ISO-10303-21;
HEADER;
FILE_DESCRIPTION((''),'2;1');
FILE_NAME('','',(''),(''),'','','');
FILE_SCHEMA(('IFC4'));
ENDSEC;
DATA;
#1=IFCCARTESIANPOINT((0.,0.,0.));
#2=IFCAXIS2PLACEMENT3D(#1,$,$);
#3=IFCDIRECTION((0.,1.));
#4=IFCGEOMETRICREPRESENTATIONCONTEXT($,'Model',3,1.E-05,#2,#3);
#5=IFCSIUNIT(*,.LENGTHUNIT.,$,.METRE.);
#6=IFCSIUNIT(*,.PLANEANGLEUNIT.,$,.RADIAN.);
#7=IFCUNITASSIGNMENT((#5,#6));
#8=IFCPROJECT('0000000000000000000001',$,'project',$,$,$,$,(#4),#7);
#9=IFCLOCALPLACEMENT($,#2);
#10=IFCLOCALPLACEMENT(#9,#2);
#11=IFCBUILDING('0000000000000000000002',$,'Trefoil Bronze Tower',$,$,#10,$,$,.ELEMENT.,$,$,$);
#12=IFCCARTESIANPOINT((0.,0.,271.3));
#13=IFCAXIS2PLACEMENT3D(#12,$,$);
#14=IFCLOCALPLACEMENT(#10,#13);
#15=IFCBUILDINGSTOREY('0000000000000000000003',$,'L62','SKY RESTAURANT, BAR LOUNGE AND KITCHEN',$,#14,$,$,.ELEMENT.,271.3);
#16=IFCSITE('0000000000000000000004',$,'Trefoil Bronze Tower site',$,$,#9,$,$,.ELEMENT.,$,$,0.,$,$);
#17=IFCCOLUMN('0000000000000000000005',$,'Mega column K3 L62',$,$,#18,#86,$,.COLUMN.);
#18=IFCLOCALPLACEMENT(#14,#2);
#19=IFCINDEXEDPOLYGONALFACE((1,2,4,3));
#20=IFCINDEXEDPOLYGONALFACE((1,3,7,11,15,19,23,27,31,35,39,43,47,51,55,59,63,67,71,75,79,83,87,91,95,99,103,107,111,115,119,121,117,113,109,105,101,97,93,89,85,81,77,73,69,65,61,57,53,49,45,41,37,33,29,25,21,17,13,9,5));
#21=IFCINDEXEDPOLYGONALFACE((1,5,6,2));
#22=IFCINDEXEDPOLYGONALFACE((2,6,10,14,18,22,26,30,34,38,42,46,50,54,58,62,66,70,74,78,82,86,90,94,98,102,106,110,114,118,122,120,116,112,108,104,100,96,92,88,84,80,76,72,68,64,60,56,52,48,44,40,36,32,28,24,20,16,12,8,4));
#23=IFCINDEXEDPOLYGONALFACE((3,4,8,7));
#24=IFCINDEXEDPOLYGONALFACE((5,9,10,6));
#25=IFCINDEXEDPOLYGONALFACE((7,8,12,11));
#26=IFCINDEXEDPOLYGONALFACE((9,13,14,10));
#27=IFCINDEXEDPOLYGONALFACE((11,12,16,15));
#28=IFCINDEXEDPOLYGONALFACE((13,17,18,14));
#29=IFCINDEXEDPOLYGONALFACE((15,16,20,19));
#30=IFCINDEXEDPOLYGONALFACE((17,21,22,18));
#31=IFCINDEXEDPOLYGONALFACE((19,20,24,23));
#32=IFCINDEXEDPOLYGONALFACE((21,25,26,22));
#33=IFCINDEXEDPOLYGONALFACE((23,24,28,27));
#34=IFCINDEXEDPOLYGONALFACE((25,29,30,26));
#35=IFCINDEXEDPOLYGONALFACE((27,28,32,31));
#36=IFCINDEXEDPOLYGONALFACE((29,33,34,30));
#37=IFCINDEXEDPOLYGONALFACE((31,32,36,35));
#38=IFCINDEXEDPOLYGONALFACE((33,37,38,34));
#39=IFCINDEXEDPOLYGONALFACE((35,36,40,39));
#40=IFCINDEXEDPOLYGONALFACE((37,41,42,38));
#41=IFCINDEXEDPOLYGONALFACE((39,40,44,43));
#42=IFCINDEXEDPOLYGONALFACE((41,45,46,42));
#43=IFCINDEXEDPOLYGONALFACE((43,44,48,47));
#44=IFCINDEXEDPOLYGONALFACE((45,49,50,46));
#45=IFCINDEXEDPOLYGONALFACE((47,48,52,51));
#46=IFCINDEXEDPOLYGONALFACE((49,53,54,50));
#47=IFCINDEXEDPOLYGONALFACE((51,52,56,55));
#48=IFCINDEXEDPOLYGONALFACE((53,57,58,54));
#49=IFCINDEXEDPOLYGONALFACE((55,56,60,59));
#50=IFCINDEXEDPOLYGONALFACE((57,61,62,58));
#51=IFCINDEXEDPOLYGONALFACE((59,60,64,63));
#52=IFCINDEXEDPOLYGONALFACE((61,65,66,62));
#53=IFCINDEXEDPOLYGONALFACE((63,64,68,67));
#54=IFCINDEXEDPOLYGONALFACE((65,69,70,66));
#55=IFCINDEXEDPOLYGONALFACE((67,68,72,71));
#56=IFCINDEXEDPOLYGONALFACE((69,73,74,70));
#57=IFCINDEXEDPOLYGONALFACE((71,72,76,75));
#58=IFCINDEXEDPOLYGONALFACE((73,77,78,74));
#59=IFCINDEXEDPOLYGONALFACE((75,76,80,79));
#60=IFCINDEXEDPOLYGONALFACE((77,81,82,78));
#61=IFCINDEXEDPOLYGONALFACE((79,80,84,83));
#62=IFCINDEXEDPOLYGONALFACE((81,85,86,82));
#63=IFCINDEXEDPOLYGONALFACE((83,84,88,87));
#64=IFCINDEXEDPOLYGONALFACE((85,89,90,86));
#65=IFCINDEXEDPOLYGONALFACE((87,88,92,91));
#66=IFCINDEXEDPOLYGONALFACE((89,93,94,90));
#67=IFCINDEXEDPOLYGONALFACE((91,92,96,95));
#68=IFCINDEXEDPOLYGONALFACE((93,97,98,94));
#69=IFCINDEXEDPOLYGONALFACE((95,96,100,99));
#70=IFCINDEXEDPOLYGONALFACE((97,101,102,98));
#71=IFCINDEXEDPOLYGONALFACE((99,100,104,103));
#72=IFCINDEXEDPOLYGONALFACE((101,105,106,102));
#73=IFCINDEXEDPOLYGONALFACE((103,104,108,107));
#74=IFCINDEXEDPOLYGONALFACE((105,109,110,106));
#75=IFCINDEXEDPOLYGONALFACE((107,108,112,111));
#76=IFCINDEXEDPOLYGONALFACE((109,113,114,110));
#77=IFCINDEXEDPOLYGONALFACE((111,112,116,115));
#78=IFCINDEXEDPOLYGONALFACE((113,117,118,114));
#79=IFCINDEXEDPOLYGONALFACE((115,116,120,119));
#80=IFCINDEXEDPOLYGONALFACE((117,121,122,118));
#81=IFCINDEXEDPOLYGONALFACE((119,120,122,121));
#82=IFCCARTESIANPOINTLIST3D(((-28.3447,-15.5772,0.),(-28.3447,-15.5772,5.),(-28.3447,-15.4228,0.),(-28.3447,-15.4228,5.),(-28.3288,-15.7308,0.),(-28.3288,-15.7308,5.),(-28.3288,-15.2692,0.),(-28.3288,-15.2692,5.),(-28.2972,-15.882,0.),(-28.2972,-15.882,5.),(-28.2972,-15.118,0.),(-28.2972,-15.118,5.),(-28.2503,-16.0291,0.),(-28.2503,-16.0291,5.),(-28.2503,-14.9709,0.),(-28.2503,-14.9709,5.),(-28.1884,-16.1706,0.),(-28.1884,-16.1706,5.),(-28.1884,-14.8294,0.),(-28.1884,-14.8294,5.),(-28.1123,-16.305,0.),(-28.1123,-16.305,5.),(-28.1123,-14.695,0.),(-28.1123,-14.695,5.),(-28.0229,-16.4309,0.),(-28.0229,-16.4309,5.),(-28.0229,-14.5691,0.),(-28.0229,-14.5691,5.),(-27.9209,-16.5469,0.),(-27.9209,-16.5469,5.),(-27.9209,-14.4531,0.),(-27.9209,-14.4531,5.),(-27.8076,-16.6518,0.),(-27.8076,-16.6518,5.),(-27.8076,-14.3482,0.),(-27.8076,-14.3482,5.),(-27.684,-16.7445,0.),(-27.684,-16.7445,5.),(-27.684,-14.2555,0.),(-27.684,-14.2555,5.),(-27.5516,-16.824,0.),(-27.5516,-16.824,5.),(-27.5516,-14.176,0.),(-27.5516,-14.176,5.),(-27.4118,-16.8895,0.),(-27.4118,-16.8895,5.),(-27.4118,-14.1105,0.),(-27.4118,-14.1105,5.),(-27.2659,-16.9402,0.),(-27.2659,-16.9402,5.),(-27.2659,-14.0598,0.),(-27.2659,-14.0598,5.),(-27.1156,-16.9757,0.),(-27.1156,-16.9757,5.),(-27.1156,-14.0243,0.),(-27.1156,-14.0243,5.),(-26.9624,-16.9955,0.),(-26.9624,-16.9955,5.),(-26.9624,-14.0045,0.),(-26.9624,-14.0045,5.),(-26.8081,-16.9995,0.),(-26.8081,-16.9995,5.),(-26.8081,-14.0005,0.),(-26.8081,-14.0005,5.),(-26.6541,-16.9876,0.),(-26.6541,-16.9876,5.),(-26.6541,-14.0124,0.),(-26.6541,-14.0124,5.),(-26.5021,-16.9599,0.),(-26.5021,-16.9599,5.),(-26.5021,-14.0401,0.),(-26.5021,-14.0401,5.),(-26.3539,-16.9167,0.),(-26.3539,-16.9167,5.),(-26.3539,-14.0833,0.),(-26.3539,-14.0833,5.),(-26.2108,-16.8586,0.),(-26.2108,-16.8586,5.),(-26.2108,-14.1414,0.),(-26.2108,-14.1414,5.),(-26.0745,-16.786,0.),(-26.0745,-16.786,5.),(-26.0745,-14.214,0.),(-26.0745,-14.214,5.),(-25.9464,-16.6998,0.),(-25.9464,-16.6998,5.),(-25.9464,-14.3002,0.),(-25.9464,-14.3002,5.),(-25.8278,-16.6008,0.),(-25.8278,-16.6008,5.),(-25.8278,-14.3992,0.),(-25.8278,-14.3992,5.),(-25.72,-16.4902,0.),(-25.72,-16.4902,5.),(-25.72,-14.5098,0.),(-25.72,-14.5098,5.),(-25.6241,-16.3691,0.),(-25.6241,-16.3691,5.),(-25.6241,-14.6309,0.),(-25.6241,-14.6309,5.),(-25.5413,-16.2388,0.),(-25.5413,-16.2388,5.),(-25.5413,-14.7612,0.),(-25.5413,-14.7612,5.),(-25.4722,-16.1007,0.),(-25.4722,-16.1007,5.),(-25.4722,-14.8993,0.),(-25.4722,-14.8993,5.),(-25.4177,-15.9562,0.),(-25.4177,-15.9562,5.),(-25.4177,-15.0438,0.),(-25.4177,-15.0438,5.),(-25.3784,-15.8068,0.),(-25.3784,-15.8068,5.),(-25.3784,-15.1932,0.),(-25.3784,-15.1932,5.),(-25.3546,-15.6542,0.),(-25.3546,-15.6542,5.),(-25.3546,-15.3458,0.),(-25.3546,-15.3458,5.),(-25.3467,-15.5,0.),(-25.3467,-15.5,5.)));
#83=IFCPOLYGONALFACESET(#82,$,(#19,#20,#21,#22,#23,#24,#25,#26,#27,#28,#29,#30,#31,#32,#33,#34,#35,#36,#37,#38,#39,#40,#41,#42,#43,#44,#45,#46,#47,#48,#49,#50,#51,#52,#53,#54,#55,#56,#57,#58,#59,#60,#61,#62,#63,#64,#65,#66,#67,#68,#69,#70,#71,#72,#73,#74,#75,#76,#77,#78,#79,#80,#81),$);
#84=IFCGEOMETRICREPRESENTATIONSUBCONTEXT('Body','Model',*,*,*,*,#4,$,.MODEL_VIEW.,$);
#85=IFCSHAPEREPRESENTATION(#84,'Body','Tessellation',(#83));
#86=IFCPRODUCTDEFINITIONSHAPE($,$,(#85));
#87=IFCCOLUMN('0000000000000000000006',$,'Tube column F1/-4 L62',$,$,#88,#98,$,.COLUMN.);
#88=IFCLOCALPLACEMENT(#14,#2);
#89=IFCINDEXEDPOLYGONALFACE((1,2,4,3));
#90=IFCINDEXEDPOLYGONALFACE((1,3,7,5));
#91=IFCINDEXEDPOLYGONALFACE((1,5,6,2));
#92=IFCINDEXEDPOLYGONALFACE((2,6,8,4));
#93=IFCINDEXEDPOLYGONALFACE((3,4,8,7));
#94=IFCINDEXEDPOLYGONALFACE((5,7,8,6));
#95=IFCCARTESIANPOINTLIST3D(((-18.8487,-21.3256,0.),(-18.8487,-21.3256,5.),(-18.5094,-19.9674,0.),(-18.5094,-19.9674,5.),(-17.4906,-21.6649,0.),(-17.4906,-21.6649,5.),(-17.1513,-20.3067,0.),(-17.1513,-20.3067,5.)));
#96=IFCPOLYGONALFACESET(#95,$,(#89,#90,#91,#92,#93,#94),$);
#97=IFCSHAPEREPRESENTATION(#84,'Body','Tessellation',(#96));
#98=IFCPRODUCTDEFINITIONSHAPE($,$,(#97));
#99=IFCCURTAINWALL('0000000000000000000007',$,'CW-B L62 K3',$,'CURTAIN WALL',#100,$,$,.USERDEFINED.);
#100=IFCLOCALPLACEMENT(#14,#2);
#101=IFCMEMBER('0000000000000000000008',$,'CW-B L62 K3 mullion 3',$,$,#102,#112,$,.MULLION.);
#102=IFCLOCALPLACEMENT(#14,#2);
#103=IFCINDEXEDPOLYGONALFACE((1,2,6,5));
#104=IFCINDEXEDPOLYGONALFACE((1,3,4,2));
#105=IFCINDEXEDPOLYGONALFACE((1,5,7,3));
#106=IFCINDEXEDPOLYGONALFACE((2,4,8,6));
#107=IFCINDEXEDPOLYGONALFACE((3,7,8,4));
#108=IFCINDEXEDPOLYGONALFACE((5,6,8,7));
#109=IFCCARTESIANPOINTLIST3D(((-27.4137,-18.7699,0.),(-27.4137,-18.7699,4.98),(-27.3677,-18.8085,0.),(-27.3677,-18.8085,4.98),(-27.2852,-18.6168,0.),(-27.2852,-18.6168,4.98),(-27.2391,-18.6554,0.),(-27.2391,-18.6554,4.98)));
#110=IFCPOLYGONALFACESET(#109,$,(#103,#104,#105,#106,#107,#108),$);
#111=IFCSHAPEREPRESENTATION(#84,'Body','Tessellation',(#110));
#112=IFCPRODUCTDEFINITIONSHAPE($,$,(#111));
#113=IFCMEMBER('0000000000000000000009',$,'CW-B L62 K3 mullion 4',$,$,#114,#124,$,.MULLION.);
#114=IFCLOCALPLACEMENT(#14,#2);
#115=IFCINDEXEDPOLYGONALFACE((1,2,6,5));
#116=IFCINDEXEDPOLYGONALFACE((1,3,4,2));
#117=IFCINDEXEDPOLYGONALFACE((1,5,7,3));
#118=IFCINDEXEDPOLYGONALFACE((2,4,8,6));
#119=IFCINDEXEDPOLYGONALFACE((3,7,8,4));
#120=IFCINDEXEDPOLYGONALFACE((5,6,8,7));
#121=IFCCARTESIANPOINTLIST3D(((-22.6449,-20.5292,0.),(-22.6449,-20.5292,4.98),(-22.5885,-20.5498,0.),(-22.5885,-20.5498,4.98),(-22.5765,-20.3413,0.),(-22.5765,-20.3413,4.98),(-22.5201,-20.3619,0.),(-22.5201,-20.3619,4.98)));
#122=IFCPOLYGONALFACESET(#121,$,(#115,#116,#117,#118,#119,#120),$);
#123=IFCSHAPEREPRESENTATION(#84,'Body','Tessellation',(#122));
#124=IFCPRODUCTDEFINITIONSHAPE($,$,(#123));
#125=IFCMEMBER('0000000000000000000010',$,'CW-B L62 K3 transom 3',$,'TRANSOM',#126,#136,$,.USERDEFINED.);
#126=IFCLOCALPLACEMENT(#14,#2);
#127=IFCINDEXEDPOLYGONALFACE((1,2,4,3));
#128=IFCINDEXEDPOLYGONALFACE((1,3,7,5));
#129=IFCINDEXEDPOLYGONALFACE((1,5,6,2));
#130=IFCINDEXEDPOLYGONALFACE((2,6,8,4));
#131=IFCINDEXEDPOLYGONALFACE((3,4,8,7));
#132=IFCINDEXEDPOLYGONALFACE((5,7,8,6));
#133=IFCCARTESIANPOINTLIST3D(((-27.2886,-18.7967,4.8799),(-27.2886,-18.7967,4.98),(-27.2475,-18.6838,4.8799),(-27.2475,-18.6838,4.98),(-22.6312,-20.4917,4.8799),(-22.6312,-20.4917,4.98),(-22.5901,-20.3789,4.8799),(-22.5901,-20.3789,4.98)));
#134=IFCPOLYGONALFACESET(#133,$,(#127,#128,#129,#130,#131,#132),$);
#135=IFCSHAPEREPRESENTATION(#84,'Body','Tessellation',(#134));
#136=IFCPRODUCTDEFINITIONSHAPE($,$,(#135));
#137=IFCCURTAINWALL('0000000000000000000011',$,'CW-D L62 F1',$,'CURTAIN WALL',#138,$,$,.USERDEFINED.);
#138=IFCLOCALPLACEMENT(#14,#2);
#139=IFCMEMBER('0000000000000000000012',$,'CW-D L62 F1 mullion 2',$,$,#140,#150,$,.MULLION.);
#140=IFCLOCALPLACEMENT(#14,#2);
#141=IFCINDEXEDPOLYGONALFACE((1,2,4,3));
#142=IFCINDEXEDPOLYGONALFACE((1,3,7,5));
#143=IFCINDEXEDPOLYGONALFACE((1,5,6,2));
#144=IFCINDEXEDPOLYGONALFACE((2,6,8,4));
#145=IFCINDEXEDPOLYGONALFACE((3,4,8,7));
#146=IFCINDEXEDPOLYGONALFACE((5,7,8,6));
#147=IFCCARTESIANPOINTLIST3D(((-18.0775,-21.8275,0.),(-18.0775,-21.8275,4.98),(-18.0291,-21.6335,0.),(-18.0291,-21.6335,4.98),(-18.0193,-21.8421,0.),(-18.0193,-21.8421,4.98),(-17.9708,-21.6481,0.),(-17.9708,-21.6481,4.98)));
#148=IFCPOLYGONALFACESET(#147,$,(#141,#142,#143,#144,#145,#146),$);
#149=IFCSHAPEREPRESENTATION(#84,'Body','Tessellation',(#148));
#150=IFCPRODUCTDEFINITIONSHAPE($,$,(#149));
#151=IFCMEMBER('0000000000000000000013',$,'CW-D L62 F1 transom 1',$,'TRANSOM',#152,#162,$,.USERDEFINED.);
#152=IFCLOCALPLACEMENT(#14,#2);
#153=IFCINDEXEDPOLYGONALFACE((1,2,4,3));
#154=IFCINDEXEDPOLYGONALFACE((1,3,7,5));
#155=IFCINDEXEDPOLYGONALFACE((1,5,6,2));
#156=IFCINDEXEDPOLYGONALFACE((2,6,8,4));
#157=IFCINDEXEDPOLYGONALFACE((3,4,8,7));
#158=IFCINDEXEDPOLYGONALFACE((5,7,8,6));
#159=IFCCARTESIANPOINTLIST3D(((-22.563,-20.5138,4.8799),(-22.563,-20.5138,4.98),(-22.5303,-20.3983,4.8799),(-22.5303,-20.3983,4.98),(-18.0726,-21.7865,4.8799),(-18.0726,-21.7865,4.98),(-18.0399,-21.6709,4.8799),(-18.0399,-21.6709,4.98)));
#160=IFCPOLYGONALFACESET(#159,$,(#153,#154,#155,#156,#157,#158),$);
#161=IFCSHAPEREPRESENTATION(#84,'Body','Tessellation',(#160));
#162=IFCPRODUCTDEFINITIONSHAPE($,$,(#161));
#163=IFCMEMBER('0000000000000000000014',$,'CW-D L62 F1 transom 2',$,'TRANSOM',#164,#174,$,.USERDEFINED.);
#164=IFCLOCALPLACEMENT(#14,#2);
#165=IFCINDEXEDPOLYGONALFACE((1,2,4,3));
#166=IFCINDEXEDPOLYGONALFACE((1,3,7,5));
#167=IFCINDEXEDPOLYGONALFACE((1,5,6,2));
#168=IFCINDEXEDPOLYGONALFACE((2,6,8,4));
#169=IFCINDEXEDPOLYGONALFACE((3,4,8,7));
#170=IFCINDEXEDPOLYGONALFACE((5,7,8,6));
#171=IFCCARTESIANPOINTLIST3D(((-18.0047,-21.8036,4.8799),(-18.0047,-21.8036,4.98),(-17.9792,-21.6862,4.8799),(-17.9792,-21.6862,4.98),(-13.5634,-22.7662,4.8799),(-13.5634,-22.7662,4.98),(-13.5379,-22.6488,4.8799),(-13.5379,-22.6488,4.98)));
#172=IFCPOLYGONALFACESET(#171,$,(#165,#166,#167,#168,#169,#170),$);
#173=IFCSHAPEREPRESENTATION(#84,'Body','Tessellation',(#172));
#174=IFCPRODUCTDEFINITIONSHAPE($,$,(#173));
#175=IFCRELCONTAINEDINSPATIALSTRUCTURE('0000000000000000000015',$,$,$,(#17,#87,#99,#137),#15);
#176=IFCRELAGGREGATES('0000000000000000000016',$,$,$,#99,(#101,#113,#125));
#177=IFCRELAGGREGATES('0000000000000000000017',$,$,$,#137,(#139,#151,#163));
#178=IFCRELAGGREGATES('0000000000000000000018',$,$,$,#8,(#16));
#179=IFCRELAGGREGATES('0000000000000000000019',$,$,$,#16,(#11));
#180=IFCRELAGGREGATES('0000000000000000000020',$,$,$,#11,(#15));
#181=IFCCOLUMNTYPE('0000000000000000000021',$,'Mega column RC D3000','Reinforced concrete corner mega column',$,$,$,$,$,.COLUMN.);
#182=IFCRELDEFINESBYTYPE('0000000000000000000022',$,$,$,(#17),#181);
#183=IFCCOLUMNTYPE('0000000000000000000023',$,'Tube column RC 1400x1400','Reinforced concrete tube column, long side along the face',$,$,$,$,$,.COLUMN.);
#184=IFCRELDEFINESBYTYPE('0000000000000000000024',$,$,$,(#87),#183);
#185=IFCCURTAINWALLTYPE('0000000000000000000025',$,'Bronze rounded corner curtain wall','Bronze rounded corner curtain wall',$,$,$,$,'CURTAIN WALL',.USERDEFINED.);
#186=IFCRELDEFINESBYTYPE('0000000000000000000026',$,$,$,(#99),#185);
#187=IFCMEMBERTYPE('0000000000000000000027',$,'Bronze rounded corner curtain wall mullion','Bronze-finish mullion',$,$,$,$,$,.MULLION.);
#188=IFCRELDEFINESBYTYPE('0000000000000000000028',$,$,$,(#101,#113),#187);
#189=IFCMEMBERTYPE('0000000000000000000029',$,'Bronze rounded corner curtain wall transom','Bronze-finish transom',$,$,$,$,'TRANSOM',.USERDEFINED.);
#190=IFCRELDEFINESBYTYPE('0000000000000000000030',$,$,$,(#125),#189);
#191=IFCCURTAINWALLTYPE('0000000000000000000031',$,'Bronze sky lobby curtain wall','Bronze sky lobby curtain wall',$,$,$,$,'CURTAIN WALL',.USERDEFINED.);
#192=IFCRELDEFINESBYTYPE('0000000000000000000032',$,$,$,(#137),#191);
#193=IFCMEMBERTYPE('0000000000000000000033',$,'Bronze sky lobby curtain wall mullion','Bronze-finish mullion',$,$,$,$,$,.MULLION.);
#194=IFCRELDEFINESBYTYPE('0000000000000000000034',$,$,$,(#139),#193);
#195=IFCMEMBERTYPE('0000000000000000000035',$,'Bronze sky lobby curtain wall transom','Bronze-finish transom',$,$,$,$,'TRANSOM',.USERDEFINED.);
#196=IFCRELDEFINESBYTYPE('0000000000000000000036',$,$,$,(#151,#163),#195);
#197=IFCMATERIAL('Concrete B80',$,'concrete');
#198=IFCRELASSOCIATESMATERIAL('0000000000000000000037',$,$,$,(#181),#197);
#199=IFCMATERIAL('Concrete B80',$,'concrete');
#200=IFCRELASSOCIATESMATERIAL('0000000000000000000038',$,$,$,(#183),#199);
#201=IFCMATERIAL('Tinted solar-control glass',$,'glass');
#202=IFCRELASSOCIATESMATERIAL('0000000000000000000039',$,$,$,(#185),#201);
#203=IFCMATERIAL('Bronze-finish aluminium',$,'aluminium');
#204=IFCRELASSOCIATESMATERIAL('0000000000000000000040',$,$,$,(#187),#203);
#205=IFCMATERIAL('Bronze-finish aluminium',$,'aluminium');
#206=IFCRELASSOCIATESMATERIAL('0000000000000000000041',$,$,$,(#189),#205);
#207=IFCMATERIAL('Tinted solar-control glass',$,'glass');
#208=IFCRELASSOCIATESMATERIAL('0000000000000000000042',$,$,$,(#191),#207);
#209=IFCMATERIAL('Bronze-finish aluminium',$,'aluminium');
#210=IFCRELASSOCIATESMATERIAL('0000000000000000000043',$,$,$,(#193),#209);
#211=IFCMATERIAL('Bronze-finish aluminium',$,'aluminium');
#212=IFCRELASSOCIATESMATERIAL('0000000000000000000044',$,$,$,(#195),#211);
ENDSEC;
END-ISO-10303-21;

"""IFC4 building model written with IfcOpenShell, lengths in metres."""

from ifc_helpers import new_model, si_unit, direction, frame, origin, origin_2d, place, context, subcontext, project, spatial, rectangle, circle, extrude, material, material_profile, profile_set, type_object, element, aggregate, save


model = new_model("IFC4")

# Units and contexts
model_context = context("Model", 3, precision=1e-05, world=origin(), true_north=direction((0.0, 1.0)))
body_context = subcontext(model_context, "Body", "Model", "MODEL_VIEW")
ifc_project = project(units=[si_unit("LENGTHUNIT", "METRE"), si_unit("PLANEANGLEUNIT", "RADIAN")], contexts=[model_context])

# Site, building, storey
site_placement = place(None, origin())
site = spatial("IfcSite", under=ifc_project, at=site_placement, Name="Trefoil Bronze Tower site", CompositionType="ELEMENT", RefElevation=0.0)
building_placement = place(site_placement, origin())
building = spatial("IfcBuilding", under=site, at=building_placement, Name="Trefoil Bronze Tower", CompositionType="ELEMENT")
storey_placement = place(building_placement, frame((0.0, 0.0, 271.3)))
storey = spatial("IfcBuildingStorey", under=building, at=storey_placement, Name="L62", Description="SKY RESTAURANT, BAR LOUNGE AND KITCHEN", CompositionType="ELEMENT", Elevation=271.3)

# Columns
ifc_material_1 = material(Name="Concrete B80", Category="concrete")
ifc_material_profile_1 = material_profile(ifc_material_1, circle(Radius=1.5, at=origin_2d()), Name="RC D3000")
ifc_profile_set_1 = profile_set([ifc_material_profile_1], Name="Concrete B80")
column_type_1 = type_object("IfcColumnType", Name="Mega column RC D3000", Description="Reinforced concrete corner mega column", PredefinedType="COLUMN", material=ifc_profile_set_1)
column_1_placement = place(storey_placement, frame((-26.8467, -15.5, 0.0), z_axis=(0.0, 0.0, 1.0), x_axis=(1.0, 0.0, 0.0)))
element("IfcColumn", 1, at=column_1_placement, inside=storey, type_object=column_type_1, Name="Mega column K3 L62", PredefinedType="COLUMN", context=body_context, shape_type="SweptSolid", body=[
    extrude(circle(Radius=1.5, at=origin_2d()), origin(), (0.0, 0.0, 1.0), 5.0),
])
ifc_material_2 = material(Name="Concrete B80", Category="concrete")
ifc_material_profile_2 = material_profile(ifc_material_2, rectangle(XDim=1.3999, YDim=1.3999, at=origin_2d()), Name="RC 1400x1400")
ifc_profile_set_2 = profile_set([ifc_material_profile_2], Name="Concrete B80")
column_type_2 = type_object("IfcColumnType", Name="Tube column RC 1400x1400", Description="Reinforced concrete tube column, long side along the face", PredefinedType="COLUMN", material=ifc_profile_set_2)
column_2_placement = place(storey_placement, frame((-18.0, -20.8162, 0.0), z_axis=(0.0, 0.0, 1.0), x_axis=(0.970178, -0.242394, 0.0)))
element("IfcColumn", 2, at=column_2_placement, inside=storey, type_object=column_type_2, Name="Tube column F1/-4 L62", PredefinedType="COLUMN", context=body_context, shape_type="SweptSolid", body=[
    extrude(rectangle(XDim=1.3999, YDim=1.3999, at=origin_2d()), origin(), (0.0, 0.0, 1.0), 5.0),
])

# Curtain walls, members
ifc_material_3 = material(Name="Tinted solar-control glass", Category="glass")
curtain_wall_type_1 = type_object("IfcCurtainWallType", Name="Bronze rounded corner curtain wall", Description="Bronze rounded corner curtain wall", ElementType="CURTAIN WALL", PredefinedType="USERDEFINED", material=ifc_material_3)
curtain_wall_1_placement = place(storey_placement, origin())
curtain_wall_1 = element("IfcCurtainWall", 3, at=curtain_wall_1_placement, inside=storey, type_object=curtain_wall_type_1, Name="CW-B L62 K3", ObjectType="CURTAIN WALL", PredefinedType="USERDEFINED")
ifc_material_4 = material(Name="Bronze-finish aluminium", Category="aluminium")
ifc_material_profile_3 = material_profile(ifc_material_4, rectangle(XDim=0.2, YDim=0.0601, at=origin_2d()), Name="CW-B mullion")
ifc_profile_set_3 = profile_set([ifc_material_profile_3], Name="Bronze-finish aluminium")
member_type_1 = type_object("IfcMemberType", Name="Bronze rounded corner curtain wall mullion", Description="Bronze-finish mullion", PredefinedType="MULLION", material=ifc_profile_set_3)
member_1_placement = place(storey_placement, frame((-27.3264, -18.7126, 0.0), z_axis=(0.0, 0.0, 1.0), x_axis=(0.642788, 0.766044, 0.0)))
member_1 = element("IfcMember", 4, at=member_1_placement, type_object=member_type_1, Name="CW-B L62 K3 mullion 3", PredefinedType="MULLION", context=body_context, shape_type="SweptSolid", body=[
    extrude(rectangle(XDim=0.2, YDim=0.0601, at=origin_2d()), origin(), (0.0, 0.0, 1.0), 4.98),
])
member_2_placement = place(storey_placement, frame((-22.5825, -20.4456, 0.0), z_axis=(0.0, 0.0, 1.0), x_axis=(0.34202, 0.939693, 0.0)))
member_2 = element("IfcMember", 5, at=member_2_placement, type_object=member_type_1, Name="CW-B L62 K3 mullion 4", PredefinedType="MULLION", context=body_context, shape_type="SweptSolid", body=[
    extrude(rectangle(XDim=0.2, YDim=0.0601, at=origin_2d()), origin(), (0.0, 0.0, 1.0), 4.98),
])
ifc_material_5 = material(Name="Bronze-finish aluminium", Category="aluminium")
ifc_material_profile_4 = material_profile(ifc_material_5, rectangle(XDim=0.1201, YDim=0.1001, at=origin_2d()), Name="CW-B transom")
ifc_profile_set_4 = profile_set([ifc_material_profile_4], Name="Bronze-finish aluminium")
member_type_2 = type_object("IfcMemberType", Name="Bronze rounded corner curtain wall transom", Description="Bronze-finish transom", ElementType="TRANSOM", PredefinedType="USERDEFINED", material=ifc_profile_set_4)
member_3_placement = place(storey_placement, frame((-27.2681, -18.7402, 4.9299), z_axis=(0.9397, -0.342, 0.0), x_axis=(0.342, 0.9397, 0.0)))
member_3 = element("IfcMember", 6, at=member_3_placement, type_object=member_type_2, Name="CW-B L62 K3 transom 3", ObjectType="TRANSOM", PredefinedType="USERDEFINED", context=body_context, shape_type="SweptSolid", body=[
    extrude(rectangle(XDim=0.1201, YDim=0.1001, at=origin_2d()), origin(), (0.0, 0.0, 1.0), 4.9563),
])
ifc_material_6 = material(Name="Tinted solar-control glass", Category="glass")
curtain_wall_type_2 = type_object("IfcCurtainWallType", Name="Bronze sky lobby curtain wall", Description="Bronze sky lobby curtain wall", ElementType="CURTAIN WALL", PredefinedType="USERDEFINED", material=ifc_material_6)
curtain_wall_2_placement = place(storey_placement, origin())
curtain_wall_2 = element("IfcCurtainWall", 7, at=curtain_wall_2_placement, inside=storey, type_object=curtain_wall_type_2, Name="CW-D L62 F1", ObjectType="CURTAIN WALL", PredefinedType="USERDEFINED")
ifc_material_7 = material(Name="Bronze-finish aluminium", Category="aluminium")
ifc_material_profile_5 = material_profile(ifc_material_7, rectangle(XDim=0.2, YDim=0.0601, at=origin_2d()), Name="CW-D mullion")
ifc_profile_set_5 = profile_set([ifc_material_profile_5], Name="Bronze-finish aluminium")
member_type_3 = type_object("IfcMemberType", Name="Bronze sky lobby curtain wall mullion", Description="Bronze-finish mullion", PredefinedType="MULLION", material=ifc_profile_set_5)
member_4_placement = place(storey_placement, frame((-18.0242, -21.7378, 0.0), z_axis=(0.0, 0.0, 1.0), x_axis=(0.242394, 0.970178, 0.0)))
member_4 = element("IfcMember", 8, at=member_4_placement, type_object=member_type_3, Name="CW-D L62 F1 mullion 2", PredefinedType="MULLION", context=body_context, shape_type="SweptSolid", body=[
    extrude(rectangle(XDim=0.2, YDim=0.0601, at=origin_2d()), origin(), (0.0, 0.0, 1.0), 4.98),
])
ifc_material_8 = material(Name="Bronze-finish aluminium", Category="aluminium")
ifc_material_profile_6 = material_profile(ifc_material_8, rectangle(XDim=0.1201, YDim=0.1001, at=origin_2d()), Name="CW-D transom")
ifc_profile_set_6 = profile_set([ifc_material_profile_6], Name="Bronze-finish aluminium")
member_type_4 = type_object("IfcMemberType", Name="Bronze sky lobby curtain wall transom", Description="Bronze-finish transom", ElementType="TRANSOM", PredefinedType="USERDEFINED", material=ifc_profile_set_6)
member_5_placement = place(storey_placement, frame((-22.5466, -20.4561, 4.9299), z_axis=(0.962104, -0.272682, 0.0), x_axis=(0.272682, 0.962104, 0.0)))
member_5 = element("IfcMember", 9, at=member_5_placement, type_object=member_type_4, Name="CW-D L62 F1 transom 1", ObjectType="TRANSOM", PredefinedType="USERDEFINED", context=body_context, shape_type="SweptSolid", body=[
    extrude(rectangle(XDim=0.1201, YDim=0.1001, at=origin_2d()), origin(), (0.0, 0.0, 1.0), 4.6672),
])
member_6_placement = place(storey_placement, frame((-17.9919, -21.7449, 4.9299), z_axis=(0.977308, -0.211825, 0.0), x_axis=(0.211825, 0.977308, 0.0)))
member_6 = element("IfcMember", 10, at=member_6_placement, type_object=member_type_4, Name="CW-D L62 F1 transom 2", ObjectType="TRANSOM", PredefinedType="USERDEFINED", context=body_context, shape_type="SweptSolid", body=[
    extrude(rectangle(XDim=0.1201, YDim=0.1001, at=origin_2d()), origin(), (0.0, 0.0, 1.0), 4.5444),
])

aggregate(curtain_wall_1, [member_1, member_2, member_3])
aggregate(curtain_wall_2, [member_4, member_5, member_6])

save(model, "model.ifc")
